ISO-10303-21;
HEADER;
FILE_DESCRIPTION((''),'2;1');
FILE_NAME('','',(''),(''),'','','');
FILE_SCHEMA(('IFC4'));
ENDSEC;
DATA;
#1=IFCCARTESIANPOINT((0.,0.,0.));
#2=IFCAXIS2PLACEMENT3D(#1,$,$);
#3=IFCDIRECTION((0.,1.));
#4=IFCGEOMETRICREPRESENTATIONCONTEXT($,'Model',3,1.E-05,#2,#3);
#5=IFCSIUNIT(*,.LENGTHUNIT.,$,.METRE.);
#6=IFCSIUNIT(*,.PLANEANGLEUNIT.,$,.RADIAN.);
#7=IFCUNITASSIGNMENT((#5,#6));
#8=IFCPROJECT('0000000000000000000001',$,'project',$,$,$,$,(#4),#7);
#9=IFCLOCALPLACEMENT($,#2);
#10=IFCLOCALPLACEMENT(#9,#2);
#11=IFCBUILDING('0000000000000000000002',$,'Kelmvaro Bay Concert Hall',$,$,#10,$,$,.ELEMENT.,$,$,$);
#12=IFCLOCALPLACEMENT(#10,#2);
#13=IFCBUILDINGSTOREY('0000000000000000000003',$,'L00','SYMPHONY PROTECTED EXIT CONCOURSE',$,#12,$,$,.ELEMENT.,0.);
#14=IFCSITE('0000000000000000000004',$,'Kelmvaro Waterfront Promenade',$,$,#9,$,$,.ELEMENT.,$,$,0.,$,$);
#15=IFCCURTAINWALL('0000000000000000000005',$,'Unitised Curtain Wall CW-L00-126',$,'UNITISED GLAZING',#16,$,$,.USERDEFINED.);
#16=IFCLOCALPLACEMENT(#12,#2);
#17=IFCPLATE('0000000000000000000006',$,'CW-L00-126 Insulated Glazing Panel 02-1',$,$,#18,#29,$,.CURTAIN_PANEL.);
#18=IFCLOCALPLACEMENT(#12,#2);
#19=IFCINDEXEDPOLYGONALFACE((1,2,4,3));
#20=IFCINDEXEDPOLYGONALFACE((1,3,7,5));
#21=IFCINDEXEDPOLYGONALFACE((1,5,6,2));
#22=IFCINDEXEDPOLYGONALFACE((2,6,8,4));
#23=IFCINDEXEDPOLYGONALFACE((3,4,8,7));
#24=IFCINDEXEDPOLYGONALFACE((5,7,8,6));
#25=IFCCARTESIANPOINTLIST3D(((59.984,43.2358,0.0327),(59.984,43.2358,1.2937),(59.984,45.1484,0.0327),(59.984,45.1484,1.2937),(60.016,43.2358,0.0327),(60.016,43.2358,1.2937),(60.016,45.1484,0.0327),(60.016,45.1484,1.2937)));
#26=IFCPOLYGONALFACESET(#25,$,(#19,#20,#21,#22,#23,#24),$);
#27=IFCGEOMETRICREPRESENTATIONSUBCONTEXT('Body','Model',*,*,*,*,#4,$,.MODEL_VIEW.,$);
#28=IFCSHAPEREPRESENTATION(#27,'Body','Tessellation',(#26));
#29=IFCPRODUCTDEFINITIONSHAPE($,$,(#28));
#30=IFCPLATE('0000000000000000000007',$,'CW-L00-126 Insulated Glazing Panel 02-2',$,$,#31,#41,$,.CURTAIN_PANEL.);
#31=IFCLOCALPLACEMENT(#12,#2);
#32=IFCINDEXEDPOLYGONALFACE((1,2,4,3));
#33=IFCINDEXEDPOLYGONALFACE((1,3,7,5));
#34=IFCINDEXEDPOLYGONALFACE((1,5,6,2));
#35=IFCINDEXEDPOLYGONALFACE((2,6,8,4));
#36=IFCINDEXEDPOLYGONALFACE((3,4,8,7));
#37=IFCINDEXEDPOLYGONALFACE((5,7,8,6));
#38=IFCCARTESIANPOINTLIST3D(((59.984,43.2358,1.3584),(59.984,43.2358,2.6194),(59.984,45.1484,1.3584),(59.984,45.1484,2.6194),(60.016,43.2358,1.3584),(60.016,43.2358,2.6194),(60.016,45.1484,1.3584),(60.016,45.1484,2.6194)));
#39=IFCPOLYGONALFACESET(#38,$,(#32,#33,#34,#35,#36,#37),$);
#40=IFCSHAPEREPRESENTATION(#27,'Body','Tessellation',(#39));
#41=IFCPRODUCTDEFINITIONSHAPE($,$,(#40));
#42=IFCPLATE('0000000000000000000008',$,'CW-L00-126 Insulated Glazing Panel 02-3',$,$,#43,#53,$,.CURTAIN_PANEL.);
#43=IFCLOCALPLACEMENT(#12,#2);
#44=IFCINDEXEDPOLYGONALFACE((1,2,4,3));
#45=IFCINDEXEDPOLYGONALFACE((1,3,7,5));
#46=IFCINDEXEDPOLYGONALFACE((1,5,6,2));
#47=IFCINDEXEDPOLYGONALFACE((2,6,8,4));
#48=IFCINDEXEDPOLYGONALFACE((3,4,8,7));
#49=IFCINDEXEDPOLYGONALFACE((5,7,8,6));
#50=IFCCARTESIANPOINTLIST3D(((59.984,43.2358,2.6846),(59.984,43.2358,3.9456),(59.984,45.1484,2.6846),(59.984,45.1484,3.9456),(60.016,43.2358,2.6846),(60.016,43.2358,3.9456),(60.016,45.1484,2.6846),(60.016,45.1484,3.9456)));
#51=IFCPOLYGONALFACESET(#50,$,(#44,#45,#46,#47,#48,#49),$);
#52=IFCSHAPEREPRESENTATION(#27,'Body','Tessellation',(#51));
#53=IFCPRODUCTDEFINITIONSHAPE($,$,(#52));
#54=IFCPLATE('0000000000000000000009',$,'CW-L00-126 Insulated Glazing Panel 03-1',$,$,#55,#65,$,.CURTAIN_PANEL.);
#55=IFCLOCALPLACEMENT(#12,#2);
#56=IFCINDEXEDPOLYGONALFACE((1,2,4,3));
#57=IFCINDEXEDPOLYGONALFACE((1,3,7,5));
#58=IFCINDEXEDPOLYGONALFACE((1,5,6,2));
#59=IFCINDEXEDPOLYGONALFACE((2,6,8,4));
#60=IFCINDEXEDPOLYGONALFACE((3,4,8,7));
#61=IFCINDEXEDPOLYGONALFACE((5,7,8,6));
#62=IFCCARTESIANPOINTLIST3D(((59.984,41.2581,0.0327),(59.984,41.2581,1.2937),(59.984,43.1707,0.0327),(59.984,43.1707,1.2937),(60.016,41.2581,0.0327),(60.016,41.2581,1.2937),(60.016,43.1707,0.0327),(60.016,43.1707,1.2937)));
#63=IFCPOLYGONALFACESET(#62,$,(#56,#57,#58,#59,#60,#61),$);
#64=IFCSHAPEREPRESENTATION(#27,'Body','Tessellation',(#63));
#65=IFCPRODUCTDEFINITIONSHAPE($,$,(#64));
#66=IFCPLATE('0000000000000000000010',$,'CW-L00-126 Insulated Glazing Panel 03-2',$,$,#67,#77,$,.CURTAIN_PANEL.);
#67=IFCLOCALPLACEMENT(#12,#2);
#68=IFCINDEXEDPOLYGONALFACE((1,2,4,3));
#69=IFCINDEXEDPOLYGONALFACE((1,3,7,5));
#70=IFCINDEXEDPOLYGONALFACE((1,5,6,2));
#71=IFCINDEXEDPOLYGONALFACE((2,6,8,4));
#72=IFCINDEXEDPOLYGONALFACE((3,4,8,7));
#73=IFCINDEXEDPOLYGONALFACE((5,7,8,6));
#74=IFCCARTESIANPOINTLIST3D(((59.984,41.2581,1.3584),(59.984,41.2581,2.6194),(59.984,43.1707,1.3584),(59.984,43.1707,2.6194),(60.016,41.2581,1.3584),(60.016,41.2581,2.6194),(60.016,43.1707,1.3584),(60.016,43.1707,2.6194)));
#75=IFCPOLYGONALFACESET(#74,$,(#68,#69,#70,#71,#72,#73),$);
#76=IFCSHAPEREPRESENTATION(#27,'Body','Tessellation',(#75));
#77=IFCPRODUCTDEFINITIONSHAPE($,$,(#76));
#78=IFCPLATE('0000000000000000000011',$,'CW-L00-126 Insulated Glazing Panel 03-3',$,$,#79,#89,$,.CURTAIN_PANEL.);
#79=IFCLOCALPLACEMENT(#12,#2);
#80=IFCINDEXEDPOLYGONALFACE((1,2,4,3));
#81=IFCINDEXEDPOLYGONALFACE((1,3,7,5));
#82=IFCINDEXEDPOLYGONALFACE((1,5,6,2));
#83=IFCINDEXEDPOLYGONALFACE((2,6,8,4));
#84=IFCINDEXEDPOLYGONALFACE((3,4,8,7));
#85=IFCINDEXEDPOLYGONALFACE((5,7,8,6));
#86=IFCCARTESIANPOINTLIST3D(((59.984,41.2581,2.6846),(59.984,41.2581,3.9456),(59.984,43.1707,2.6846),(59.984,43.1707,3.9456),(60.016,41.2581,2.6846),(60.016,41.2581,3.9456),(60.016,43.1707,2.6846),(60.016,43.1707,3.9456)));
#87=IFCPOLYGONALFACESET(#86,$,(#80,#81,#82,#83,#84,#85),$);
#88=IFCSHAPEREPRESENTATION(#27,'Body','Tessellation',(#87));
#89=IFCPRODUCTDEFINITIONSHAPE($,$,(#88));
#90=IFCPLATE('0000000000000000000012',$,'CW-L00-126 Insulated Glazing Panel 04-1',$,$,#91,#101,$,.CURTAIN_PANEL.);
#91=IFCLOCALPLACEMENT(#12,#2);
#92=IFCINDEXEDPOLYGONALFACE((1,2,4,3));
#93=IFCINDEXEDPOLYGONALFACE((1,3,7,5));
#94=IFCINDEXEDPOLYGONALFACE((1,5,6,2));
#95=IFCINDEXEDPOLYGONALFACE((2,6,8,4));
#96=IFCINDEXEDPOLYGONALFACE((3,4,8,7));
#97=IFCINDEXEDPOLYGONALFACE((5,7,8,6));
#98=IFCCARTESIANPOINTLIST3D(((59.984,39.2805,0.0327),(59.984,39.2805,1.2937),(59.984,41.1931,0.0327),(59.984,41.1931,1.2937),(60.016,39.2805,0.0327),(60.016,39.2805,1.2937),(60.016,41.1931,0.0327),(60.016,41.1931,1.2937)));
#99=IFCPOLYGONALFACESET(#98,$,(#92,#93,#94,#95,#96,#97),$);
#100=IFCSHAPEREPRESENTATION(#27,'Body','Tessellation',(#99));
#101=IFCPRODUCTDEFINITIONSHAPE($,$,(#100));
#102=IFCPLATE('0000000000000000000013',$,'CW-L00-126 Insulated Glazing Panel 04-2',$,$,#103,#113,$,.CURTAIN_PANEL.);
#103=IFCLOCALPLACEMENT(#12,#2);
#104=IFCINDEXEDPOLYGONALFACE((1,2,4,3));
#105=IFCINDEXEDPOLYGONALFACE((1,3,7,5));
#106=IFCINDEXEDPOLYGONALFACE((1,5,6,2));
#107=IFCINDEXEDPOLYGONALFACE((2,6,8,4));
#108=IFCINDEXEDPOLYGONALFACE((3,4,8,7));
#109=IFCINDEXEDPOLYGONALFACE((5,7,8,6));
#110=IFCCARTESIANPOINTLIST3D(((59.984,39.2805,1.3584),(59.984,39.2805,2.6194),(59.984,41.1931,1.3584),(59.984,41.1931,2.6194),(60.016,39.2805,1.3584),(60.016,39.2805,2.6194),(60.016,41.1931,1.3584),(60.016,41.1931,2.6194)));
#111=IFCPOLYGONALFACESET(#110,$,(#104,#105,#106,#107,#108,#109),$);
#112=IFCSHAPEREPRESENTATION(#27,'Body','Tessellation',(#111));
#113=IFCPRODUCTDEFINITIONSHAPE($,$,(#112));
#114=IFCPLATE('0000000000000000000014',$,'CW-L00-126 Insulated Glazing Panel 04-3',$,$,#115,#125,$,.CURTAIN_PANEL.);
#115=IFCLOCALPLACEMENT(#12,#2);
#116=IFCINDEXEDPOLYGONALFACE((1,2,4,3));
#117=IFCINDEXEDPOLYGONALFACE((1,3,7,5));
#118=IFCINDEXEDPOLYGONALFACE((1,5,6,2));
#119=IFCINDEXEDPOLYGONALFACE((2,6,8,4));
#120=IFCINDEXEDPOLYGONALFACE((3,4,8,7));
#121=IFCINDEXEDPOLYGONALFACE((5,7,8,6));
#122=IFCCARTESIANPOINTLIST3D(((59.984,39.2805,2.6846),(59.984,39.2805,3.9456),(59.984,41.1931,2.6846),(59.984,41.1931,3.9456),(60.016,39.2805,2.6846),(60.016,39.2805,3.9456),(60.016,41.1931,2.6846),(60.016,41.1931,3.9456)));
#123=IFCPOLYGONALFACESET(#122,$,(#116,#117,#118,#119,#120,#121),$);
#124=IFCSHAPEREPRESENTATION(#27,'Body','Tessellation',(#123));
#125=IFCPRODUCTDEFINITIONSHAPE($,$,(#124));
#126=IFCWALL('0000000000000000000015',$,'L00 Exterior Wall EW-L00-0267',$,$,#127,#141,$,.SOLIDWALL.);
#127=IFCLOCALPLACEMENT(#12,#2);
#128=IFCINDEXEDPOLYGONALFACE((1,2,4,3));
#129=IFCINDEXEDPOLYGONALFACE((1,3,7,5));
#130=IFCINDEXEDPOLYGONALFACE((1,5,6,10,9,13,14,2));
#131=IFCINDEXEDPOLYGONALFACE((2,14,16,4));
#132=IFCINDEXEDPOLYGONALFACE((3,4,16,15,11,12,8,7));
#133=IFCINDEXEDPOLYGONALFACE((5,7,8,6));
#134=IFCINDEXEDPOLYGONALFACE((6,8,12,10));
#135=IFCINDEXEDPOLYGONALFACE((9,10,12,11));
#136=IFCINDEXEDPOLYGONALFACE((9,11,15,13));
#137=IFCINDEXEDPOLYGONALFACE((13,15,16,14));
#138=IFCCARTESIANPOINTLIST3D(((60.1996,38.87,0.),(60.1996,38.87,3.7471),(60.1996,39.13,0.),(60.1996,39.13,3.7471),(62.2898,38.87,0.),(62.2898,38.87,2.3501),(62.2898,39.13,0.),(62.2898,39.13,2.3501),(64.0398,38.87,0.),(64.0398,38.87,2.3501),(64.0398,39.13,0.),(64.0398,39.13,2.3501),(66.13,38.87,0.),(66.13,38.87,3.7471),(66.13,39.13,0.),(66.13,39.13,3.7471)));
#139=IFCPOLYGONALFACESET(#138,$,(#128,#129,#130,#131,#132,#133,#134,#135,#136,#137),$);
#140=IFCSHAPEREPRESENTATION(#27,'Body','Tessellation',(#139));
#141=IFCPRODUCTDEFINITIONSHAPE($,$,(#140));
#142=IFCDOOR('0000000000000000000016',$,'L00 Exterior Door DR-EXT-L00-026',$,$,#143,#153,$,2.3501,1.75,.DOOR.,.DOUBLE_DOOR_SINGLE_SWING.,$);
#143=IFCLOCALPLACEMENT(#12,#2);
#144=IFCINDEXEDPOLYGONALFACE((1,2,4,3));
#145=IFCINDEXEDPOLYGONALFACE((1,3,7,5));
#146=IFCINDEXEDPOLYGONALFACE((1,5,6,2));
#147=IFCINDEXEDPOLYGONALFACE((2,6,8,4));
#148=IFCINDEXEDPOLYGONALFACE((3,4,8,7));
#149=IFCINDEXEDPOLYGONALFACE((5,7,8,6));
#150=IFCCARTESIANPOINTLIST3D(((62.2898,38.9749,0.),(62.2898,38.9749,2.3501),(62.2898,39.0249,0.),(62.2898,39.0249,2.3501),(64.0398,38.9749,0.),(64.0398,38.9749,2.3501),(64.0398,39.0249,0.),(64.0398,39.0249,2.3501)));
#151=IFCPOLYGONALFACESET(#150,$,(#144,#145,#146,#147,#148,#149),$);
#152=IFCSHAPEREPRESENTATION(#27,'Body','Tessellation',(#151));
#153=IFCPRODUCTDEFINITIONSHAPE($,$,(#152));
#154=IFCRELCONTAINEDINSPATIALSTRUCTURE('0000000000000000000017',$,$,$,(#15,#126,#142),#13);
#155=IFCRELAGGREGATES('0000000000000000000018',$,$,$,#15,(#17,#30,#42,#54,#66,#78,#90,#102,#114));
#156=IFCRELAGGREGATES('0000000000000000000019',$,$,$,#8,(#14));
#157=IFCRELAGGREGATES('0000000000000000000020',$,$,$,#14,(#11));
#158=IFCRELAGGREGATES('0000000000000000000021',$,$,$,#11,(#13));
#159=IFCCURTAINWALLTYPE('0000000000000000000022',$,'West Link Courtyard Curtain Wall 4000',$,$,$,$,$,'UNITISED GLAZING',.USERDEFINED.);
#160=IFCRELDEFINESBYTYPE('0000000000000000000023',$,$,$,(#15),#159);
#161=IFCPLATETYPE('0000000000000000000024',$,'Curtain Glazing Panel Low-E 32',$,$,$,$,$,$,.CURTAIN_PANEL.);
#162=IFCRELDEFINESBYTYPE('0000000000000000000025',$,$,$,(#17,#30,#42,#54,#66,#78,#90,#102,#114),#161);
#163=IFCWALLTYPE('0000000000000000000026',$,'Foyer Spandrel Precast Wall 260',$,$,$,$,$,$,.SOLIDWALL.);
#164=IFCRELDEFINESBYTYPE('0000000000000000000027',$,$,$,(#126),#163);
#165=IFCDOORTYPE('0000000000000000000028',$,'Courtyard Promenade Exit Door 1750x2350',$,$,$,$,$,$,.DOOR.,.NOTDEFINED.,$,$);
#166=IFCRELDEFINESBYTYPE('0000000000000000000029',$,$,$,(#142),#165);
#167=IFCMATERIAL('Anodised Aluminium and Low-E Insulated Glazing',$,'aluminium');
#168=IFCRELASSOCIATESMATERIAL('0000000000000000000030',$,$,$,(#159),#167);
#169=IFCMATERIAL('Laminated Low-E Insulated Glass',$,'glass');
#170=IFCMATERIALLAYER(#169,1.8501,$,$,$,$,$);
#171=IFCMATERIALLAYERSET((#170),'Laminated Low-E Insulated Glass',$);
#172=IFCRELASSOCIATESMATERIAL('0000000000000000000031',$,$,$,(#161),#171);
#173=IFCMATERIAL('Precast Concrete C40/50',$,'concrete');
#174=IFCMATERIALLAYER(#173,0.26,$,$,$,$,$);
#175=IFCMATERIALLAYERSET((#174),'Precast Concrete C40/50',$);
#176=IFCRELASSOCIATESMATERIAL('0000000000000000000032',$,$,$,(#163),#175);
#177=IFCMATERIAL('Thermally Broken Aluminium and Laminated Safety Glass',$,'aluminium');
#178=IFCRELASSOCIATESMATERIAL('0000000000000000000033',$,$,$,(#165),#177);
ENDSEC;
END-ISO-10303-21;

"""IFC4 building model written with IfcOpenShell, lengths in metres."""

from ifc_helpers import new_model, si_unit, direction, frame, frame_2d, origin, origin_2d, place, context, subcontext, project, spatial, rectangle, extrude, material, layer, layer_set, type_object, element, fill, aggregate, save


model = new_model("IFC4")

# Units and contexts
model_context = context("Model", 3, precision=1e-05, world=origin(), true_north=direction((0.0, 1.0)))
body_context = subcontext(model_context, "Body", "Model", "MODEL_VIEW")
ifc_project = project(units=[si_unit("LENGTHUNIT", "METRE"), si_unit("PLANEANGLEUNIT", "RADIAN")], contexts=[model_context])

# Site, building, storey
site_placement = place(None, origin())
site = spatial("IfcSite", under=ifc_project, at=site_placement, Name="Kelmvaro Waterfront Promenade", CompositionType="ELEMENT", RefElevation=0.0)
building_placement = place(site_placement, origin())
building = spatial("IfcBuilding", under=site, at=building_placement, Name="Kelmvaro Bay Concert Hall", CompositionType="ELEMENT")
storey_placement = place(building_placement, origin())
storey = spatial("IfcBuildingStorey", under=building, at=storey_placement, Name="L00", Description="SYMPHONY PROTECTED EXIT CONCOURSE", CompositionType="ELEMENT", Elevation=0.0)

# Curtain wall
ifc_material_1 = material(Name="Anodised Aluminium and Low-E Insulated Glazing", Category="aluminium")
curtain_wall_type_1 = type_object("IfcCurtainWallType", Name="West Link Courtyard Curtain Wall 4000", ElementType="UNITISED GLAZING", PredefinedType="USERDEFINED", material=ifc_material_1)
curtain_wall_1_placement = place(storey_placement, origin())
curtain_wall_1 = element("IfcCurtainWall", 1, at=curtain_wall_1_placement, inside=storey, type_object=curtain_wall_type_1, Name="Unitised Curtain Wall CW-L00-126", ObjectType="UNITISED GLAZING", PredefinedType="USERDEFINED")

# Plates
ifc_material_2 = material(Name="Laminated Low-E Insulated Glass", Category="glass")
ifc_layer_1 = layer(ifc_material_2, 1.8501)
ifc_layer_set_1 = layer_set([ifc_layer_1], Name="Laminated Low-E Insulated Glass")
plate_type_1 = type_object("IfcPlateType", Name="Curtain Glazing Panel Low-E 32", PredefinedType="CURTAIN_PANEL", material=ifc_layer_set_1)
plate_1_placement = place(storey_placement, frame((60.0, 44.1921, 0.0327), z_axis=(0.0, 0.0, 1.0), x_axis=(0.0, -1.0, 0.0)))
plate_1 = element("IfcPlate", 2, at=plate_1_placement, type_object=plate_type_1, Name="CW-L00-126 Insulated Glazing Panel 02-1", PredefinedType="CURTAIN_PANEL", context=body_context, shape_type="SweptSolid", body=[
    extrude(rectangle(XDim=1.9126, YDim=0.032, at=origin_2d()), origin(), (0.0, 0.0, 1.0), 1.261),
])
plate_2_placement = place(storey_placement, frame((60.0, 44.1921, 1.3584), z_axis=(0.0, 0.0, 1.0), x_axis=(0.0, -1.0, 0.0)))
plate_2 = element("IfcPlate", 3, at=plate_2_placement, type_object=plate_type_1, Name="CW-L00-126 Insulated Glazing Panel 02-2", PredefinedType="CURTAIN_PANEL", context=body_context, shape_type="SweptSolid", body=[
    extrude(rectangle(XDim=1.9126, YDim=0.032, at=origin_2d()), origin(), (0.0, 0.0, 1.0), 1.261),
])
plate_3_placement = place(storey_placement, frame((60.0, 44.1921, 2.6846), z_axis=(0.0, 0.0, 1.0), x_axis=(0.0, -1.0, 0.0)))
plate_3 = element("IfcPlate", 4, at=plate_3_placement, type_object=plate_type_1, Name="CW-L00-126 Insulated Glazing Panel 02-3", PredefinedType="CURTAIN_PANEL", context=body_context, shape_type="SweptSolid", body=[
    extrude(rectangle(XDim=1.9126, YDim=0.032, at=origin_2d()), origin(), (0.0, 0.0, 1.0), 1.261),
])
plate_4_placement = place(storey_placement, frame((60.0, 42.2144, 0.0327), z_axis=(0.0, 0.0, 1.0), x_axis=(0.0, -1.0, 0.0)))
plate_4 = element("IfcPlate", 5, at=plate_4_placement, type_object=plate_type_1, Name="CW-L00-126 Insulated Glazing Panel 03-1", PredefinedType="CURTAIN_PANEL", context=body_context, shape_type="SweptSolid", body=[
    extrude(rectangle(XDim=1.9126, YDim=0.032, at=origin_2d()), origin(), (0.0, 0.0, 1.0), 1.261),
])
plate_5_placement = place(storey_placement, frame((60.0, 42.2144, 1.3584), z_axis=(0.0, 0.0, 1.0), x_axis=(0.0, -1.0, 0.0)))
plate_5 = element("IfcPlate", 6, at=plate_5_placement, type_object=plate_type_1, Name="CW-L00-126 Insulated Glazing Panel 03-2", PredefinedType="CURTAIN_PANEL", context=body_context, shape_type="SweptSolid", body=[
    extrude(rectangle(XDim=1.9126, YDim=0.032, at=origin_2d()), origin(), (0.0, 0.0, 1.0), 1.261),
])
plate_6_placement = place(storey_placement, frame((60.0, 42.2144, 2.6846), z_axis=(0.0, 0.0, 1.0), x_axis=(0.0, -1.0, 0.0)))
plate_6 = element("IfcPlate", 7, at=plate_6_placement, type_object=plate_type_1, Name="CW-L00-126 Insulated Glazing Panel 03-3", PredefinedType="CURTAIN_PANEL", context=body_context, shape_type="SweptSolid", body=[
    extrude(rectangle(XDim=1.9126, YDim=0.032, at=origin_2d()), origin(), (0.0, 0.0, 1.0), 1.261),
])
plate_7_placement = place(storey_placement, frame((60.0, 40.2368, 0.0327), z_axis=(0.0, 0.0, 1.0), x_axis=(0.0, -1.0, 0.0)))
plate_7 = element("IfcPlate", 8, at=plate_7_placement, type_object=plate_type_1, Name="CW-L00-126 Insulated Glazing Panel 04-1", PredefinedType="CURTAIN_PANEL", context=body_context, shape_type="SweptSolid", body=[
    extrude(rectangle(XDim=1.9126, YDim=0.032, at=origin_2d()), origin(), (0.0, 0.0, 1.0), 1.261),
])
plate_8_placement = place(storey_placement, frame((60.0, 40.2368, 1.3584), z_axis=(0.0, 0.0, 1.0), x_axis=(0.0, -1.0, 0.0)))
plate_8 = element("IfcPlate", 9, at=plate_8_placement, type_object=plate_type_1, Name="CW-L00-126 Insulated Glazing Panel 04-2", PredefinedType="CURTAIN_PANEL", context=body_context, shape_type="SweptSolid", body=[
    extrude(rectangle(XDim=1.9126, YDim=0.032, at=origin_2d()), origin(), (0.0, 0.0, 1.0), 1.261),
])
plate_9_placement = place(storey_placement, frame((60.0, 40.2368, 2.6846), z_axis=(0.0, 0.0, 1.0), x_axis=(0.0, -1.0, 0.0)))
plate_9 = element("IfcPlate", 10, at=plate_9_placement, type_object=plate_type_1, Name="CW-L00-126 Insulated Glazing Panel 04-3", PredefinedType="CURTAIN_PANEL", context=body_context, shape_type="SweptSolid", body=[
    extrude(rectangle(XDim=1.9126, YDim=0.032, at=origin_2d()), origin(), (0.0, 0.0, 1.0), 1.261),
])
aggregate(curtain_wall_1, [plate_1, plate_2, plate_3, plate_4, plate_5, plate_6, plate_7, plate_8, plate_9])

# Wall, opening, door
ifc_material_3 = material(Name="Precast Concrete C40/50", Category="concrete")
ifc_layer_2 = layer(ifc_material_3, 0.26)
ifc_layer_set_2 = layer_set([ifc_layer_2], Name="Precast Concrete C40/50")
wall_type = type_object("IfcWallType", Name="Foyer Spandrel Precast Wall 260", PredefinedType="SOLIDWALL", material=ifc_layer_set_2)
wall_placement = place(storey_placement, frame((60.1995, 39.0, 0.0), z_axis=(0.0, 0.0, 1.0), x_axis=(1.0, 0.0, 0.0)))
wall = element("IfcWall", 11, at=wall_placement, inside=storey, type_object=wall_type, Name="L00 Exterior Wall EW-L00-0267", PredefinedType="SOLIDWALL", context=body_context, shape_type="SweptSolid", body=[
    extrude(rectangle(XDim=5.9304, YDim=0.26, at=frame_2d((2.9653, 0.0))), origin(), (0.0, 0.0, 1.0), 3.7471),
])
opening_placement = place(wall_placement, frame((2.0903, 0.0, 0.0)))
opening = element("IfcOpeningElement", 12, at=opening_placement, cuts=wall, PredefinedType="OPENING", context=body_context, shape_type="SweptSolid", body=[
    extrude(rectangle(XDim=1.75, YDim=2.3501, at=frame_2d((0.875, 1.175))), frame((0.0, 0.1399, 0.0), z_axis=(0.0, -1.0, 0.0), x_axis=(1.0, 0.0, 0.0)), (0.0, 0.0, 1.0), 0.28),
])
ifc_material_4 = material(Name="Thermally Broken Aluminium and Laminated Safety Glass", Category="aluminium")
door_type = type_object("IfcDoorType", Name="Courtyard Promenade Exit Door 1750x2350", OperationType="NOTDEFINED", PredefinedType="DOOR", material=ifc_material_4)
door_placement = place(opening_placement, origin())
door = element("IfcDoor", 13, at=door_placement, inside=storey, type_object=door_type, Name="L00 Exterior Door DR-EXT-L00-026", OperationType="DOUBLE_DOOR_SINGLE_SWING", OverallHeight=2.3501, OverallWidth=1.75, PredefinedType="DOOR", context=body_context, shape_type="SweptSolid", body=[
    extrude(rectangle(XDim=1.75, YDim=2.3501, at=frame_2d((0.875, 1.175))), frame((0.0, 0.0249, 0.0), z_axis=(0.0, -1.0, 0.0), x_axis=(1.0, 0.0, 0.0)), (0.0, 0.0, 1.0), 0.05),
])
fill(opening, door)

save(model, "model.ifc")
